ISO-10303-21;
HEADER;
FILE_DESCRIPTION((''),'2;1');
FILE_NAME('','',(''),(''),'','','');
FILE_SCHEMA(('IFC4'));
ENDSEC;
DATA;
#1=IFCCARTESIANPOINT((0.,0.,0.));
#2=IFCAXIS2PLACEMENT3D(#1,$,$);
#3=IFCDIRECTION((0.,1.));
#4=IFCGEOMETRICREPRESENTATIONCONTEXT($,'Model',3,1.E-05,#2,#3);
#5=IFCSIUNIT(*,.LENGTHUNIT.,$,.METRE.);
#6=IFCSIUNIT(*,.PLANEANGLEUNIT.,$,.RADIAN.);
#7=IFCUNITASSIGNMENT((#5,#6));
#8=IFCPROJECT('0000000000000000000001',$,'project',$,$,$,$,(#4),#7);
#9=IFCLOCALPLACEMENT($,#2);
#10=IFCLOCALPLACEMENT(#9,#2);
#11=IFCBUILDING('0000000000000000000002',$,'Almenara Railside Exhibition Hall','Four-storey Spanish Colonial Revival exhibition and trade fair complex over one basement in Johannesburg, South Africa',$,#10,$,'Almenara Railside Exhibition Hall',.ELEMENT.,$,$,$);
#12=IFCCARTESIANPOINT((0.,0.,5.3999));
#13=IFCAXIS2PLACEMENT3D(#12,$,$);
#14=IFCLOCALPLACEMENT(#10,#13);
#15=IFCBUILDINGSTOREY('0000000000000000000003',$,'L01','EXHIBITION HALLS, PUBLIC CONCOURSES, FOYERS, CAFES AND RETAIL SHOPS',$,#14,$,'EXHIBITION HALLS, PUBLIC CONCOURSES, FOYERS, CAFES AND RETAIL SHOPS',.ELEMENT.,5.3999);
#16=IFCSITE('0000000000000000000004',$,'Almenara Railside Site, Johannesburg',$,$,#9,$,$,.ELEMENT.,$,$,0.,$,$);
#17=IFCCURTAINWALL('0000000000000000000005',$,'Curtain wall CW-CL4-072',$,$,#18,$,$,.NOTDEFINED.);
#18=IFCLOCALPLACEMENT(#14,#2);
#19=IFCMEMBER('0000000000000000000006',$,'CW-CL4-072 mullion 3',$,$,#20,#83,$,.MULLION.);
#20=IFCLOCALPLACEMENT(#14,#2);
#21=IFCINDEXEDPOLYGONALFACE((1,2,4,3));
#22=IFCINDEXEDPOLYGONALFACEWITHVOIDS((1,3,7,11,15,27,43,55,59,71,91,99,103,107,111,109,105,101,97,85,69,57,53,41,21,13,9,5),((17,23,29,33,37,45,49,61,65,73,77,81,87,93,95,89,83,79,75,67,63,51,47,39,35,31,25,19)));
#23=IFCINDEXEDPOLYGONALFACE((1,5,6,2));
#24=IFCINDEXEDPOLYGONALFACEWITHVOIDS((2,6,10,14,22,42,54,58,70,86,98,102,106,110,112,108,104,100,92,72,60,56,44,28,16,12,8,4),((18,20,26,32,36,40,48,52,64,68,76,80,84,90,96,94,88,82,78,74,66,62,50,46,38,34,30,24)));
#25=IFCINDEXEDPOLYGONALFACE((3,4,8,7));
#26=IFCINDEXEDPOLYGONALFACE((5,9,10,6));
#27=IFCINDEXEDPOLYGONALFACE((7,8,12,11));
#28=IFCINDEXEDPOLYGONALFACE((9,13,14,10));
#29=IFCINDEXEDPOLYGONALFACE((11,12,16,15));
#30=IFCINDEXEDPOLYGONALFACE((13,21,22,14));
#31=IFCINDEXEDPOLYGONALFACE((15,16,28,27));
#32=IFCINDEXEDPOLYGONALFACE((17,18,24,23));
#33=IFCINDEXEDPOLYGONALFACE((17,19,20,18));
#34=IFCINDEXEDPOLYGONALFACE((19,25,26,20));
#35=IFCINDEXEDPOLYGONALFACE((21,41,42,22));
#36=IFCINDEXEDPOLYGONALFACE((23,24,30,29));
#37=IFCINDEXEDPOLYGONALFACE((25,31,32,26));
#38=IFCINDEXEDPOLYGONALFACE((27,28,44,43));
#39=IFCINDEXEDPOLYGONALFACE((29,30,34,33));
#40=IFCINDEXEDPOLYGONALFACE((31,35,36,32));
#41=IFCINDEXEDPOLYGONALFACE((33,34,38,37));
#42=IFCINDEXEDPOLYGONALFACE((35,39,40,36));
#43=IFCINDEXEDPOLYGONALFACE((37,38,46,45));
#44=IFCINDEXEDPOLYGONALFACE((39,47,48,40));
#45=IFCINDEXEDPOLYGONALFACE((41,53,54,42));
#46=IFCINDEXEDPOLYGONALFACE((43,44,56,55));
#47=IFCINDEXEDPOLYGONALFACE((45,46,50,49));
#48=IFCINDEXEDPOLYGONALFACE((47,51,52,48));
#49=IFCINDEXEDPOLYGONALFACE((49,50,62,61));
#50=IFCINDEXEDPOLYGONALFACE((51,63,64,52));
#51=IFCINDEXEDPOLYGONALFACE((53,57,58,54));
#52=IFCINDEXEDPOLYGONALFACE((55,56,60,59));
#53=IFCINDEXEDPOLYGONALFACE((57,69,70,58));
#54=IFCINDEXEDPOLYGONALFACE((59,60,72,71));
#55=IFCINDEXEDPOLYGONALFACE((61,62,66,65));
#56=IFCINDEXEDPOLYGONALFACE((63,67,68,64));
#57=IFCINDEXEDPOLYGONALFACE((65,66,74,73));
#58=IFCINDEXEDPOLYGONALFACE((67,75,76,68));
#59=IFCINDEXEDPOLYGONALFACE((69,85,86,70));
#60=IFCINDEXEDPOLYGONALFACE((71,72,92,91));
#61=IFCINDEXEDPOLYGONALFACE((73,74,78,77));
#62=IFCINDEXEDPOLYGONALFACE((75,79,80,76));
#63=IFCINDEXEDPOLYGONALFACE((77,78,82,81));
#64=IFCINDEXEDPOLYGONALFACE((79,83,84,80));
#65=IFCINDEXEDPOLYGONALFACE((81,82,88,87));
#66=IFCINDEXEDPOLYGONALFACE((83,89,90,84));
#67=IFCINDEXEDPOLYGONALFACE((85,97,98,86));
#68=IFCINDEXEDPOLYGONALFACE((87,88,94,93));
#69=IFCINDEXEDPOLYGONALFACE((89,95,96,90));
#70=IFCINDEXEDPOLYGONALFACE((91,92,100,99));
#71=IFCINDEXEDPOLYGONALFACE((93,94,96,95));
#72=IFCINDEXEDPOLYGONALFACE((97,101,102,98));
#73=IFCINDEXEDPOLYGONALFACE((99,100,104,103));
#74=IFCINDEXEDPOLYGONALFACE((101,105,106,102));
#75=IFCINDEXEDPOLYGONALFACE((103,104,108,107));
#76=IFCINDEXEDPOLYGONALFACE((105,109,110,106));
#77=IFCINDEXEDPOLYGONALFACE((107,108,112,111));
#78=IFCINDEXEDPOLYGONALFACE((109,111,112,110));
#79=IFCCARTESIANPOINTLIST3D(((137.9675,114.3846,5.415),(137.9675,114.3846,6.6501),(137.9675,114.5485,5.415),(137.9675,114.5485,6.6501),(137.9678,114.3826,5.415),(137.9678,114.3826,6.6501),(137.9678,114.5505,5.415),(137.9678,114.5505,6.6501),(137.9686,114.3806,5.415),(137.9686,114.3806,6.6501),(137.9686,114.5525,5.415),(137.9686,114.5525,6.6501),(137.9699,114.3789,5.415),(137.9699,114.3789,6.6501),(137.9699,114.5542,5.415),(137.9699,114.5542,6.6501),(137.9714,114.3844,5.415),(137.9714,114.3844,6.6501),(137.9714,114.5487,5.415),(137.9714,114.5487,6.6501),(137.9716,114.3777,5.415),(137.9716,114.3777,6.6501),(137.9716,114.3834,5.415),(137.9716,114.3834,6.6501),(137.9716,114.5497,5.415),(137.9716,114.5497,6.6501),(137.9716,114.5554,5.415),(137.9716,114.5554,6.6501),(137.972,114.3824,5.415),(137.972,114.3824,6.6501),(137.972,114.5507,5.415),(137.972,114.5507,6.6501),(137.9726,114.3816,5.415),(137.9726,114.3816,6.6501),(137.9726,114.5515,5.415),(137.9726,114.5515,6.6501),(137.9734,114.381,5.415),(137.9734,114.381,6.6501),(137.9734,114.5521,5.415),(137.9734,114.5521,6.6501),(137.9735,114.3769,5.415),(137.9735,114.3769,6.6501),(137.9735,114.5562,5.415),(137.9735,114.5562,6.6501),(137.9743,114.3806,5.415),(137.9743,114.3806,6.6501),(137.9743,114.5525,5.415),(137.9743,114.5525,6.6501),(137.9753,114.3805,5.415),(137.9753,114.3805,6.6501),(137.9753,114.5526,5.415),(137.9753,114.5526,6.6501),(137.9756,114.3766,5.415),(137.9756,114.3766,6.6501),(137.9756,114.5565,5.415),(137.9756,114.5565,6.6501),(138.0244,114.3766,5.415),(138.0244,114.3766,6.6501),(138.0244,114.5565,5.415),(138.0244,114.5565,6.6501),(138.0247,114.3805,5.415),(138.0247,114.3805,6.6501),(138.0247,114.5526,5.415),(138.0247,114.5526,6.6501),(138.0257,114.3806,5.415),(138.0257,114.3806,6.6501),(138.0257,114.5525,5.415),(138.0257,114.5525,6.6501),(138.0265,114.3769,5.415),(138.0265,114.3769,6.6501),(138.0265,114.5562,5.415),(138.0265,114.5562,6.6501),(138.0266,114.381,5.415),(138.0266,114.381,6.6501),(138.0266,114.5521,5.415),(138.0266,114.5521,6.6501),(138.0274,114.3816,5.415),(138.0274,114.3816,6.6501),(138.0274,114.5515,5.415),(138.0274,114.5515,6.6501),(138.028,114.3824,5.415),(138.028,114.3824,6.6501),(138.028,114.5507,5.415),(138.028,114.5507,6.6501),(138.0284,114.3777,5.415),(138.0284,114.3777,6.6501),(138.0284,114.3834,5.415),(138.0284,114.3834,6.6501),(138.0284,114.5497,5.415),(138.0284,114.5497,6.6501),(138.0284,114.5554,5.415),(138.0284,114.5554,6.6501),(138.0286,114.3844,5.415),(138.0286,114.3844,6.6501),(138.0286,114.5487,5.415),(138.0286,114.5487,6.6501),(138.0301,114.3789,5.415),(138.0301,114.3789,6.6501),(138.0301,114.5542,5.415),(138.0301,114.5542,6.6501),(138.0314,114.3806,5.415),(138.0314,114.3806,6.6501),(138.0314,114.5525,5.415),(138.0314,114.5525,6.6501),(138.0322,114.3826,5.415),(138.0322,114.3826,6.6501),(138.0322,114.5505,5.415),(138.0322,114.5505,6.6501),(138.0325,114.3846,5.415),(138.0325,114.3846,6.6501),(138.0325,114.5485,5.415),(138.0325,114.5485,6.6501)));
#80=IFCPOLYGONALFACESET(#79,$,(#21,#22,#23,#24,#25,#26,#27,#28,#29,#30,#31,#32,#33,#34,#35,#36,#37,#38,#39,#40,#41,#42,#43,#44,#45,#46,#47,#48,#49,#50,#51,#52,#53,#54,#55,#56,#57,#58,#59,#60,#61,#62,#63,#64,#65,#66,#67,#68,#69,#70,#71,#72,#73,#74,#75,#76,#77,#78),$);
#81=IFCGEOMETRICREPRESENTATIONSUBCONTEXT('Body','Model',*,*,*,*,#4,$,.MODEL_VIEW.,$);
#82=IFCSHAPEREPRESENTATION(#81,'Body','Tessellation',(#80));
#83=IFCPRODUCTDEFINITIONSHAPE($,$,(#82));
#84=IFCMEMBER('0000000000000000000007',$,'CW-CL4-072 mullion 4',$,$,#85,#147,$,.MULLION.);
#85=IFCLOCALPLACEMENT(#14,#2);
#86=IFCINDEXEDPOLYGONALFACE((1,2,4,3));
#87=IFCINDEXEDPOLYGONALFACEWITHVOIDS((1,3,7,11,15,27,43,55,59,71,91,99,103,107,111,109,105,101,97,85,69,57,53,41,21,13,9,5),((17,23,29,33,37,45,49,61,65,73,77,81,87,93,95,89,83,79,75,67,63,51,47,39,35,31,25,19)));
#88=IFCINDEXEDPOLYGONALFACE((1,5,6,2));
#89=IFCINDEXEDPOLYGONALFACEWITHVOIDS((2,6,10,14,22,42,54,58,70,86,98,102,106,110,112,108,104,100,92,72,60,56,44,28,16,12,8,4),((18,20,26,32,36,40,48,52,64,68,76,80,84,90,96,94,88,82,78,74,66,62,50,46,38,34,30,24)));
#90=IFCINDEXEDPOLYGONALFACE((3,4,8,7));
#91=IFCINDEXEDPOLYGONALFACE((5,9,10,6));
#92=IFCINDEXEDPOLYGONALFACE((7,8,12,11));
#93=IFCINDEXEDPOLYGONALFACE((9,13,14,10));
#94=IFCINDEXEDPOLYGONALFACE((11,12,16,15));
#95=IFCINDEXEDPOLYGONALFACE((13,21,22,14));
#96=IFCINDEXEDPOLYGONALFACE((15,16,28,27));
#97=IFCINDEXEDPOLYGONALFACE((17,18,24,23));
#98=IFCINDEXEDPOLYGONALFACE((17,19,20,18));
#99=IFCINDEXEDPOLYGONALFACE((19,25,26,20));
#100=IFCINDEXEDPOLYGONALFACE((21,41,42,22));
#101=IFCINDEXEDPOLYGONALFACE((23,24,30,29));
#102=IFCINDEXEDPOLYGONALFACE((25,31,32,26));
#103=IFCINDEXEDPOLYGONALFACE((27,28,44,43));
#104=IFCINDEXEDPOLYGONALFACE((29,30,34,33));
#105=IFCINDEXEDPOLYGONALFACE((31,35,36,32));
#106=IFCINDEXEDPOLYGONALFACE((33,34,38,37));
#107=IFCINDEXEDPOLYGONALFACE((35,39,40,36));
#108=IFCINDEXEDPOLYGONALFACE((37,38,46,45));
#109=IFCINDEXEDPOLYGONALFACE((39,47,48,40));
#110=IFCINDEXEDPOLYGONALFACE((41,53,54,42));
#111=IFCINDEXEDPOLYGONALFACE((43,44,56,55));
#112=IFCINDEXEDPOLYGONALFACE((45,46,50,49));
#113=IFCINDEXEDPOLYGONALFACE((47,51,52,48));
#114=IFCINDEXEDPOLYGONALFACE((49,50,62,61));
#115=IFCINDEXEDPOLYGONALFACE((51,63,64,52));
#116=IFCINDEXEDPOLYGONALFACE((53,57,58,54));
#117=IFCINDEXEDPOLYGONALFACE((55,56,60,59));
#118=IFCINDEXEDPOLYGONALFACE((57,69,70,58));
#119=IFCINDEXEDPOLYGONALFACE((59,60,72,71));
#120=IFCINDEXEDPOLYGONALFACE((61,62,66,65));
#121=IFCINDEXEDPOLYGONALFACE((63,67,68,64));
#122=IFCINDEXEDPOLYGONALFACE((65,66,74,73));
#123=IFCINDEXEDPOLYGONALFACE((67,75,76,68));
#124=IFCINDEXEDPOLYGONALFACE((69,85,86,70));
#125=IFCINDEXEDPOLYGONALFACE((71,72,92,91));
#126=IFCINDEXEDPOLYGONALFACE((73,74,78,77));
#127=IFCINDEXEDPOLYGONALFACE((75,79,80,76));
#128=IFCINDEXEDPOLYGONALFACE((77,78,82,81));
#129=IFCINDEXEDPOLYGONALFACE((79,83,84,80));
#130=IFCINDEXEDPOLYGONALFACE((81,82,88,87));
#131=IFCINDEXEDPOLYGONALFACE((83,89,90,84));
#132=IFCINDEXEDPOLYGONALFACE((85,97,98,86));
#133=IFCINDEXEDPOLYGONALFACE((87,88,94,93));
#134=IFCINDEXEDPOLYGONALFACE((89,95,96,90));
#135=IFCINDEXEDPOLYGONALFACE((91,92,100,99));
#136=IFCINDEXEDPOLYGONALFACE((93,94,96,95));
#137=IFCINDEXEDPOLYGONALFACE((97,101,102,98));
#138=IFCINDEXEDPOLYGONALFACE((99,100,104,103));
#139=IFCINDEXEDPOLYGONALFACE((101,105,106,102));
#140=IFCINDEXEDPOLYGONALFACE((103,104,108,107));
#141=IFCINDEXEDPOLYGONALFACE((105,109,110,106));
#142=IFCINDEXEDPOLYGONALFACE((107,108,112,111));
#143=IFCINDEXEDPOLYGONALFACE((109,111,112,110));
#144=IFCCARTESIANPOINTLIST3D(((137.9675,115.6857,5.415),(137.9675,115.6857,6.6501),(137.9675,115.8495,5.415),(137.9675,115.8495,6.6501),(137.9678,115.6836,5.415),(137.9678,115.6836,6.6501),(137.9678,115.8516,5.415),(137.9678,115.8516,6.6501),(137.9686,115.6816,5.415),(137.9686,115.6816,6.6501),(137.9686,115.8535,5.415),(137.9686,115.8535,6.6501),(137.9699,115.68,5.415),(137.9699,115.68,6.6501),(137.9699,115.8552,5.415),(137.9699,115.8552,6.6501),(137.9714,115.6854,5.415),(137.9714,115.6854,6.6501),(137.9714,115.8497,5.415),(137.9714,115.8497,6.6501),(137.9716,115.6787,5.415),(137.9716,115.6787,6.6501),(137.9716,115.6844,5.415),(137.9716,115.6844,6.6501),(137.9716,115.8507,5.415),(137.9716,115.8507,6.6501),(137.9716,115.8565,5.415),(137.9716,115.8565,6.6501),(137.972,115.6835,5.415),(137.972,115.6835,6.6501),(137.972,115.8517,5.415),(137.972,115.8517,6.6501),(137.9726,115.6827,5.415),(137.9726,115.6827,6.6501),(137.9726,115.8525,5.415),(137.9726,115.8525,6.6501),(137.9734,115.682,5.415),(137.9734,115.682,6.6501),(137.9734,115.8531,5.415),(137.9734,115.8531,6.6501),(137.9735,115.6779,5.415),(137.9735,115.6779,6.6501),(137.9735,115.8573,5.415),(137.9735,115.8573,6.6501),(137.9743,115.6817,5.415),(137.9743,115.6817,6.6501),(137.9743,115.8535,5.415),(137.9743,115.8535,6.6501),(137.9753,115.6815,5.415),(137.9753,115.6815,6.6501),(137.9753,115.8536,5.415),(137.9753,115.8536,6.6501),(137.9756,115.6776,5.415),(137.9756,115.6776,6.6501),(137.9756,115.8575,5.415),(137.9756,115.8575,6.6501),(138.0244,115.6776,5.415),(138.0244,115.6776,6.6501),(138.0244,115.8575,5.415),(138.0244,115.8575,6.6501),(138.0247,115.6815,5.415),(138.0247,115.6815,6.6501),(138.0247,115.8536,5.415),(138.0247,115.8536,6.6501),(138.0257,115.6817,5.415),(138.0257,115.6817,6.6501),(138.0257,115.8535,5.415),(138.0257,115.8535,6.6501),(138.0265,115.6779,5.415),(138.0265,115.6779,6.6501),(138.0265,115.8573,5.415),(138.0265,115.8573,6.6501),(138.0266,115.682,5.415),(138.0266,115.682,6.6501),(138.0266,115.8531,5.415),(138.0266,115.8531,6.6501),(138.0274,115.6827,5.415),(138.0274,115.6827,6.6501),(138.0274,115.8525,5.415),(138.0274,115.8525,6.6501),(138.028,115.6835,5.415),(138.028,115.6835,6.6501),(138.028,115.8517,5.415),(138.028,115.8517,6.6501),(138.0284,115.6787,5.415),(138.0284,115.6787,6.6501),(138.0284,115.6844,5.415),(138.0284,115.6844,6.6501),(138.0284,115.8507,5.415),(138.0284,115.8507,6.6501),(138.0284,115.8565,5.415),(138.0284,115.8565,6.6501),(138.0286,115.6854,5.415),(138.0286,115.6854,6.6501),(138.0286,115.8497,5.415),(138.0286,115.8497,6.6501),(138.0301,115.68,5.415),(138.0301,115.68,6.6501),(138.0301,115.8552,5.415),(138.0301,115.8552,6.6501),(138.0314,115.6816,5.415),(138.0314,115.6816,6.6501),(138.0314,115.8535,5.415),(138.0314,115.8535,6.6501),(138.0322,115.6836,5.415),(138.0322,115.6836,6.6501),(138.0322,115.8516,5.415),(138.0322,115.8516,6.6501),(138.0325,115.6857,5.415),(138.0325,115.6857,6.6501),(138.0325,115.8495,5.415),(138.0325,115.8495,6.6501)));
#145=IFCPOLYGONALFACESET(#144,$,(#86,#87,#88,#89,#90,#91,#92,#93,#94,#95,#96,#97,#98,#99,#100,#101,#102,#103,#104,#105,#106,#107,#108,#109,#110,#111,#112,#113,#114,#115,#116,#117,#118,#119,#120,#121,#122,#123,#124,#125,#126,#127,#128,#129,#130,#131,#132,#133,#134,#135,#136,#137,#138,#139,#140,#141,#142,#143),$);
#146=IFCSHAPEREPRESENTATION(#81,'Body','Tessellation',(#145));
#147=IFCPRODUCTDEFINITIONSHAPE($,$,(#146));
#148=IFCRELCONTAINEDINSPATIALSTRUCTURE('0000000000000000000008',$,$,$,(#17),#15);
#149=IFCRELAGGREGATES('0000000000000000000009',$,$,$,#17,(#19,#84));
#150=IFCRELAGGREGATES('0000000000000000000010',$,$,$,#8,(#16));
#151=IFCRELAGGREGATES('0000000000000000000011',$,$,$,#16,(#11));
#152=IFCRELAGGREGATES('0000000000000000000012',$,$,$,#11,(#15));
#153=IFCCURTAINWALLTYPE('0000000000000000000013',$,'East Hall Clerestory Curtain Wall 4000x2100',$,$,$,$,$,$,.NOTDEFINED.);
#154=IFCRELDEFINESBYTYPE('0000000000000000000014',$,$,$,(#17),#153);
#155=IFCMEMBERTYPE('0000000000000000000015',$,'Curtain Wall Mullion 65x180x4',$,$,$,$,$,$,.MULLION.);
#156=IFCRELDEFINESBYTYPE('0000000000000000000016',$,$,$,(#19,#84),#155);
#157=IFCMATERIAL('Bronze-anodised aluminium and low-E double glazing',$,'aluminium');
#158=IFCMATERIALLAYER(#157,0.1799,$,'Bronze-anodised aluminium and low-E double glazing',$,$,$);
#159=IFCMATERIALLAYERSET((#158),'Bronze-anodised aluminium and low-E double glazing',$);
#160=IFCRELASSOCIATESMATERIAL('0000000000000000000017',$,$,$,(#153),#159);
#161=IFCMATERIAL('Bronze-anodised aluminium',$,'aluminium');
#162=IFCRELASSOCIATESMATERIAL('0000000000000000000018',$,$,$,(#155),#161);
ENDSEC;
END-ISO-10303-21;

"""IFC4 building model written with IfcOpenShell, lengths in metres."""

from ifc_helpers import new_model, si_unit, direction, frame, origin, origin_2d, place, context, subcontext, project, spatial, hollow_rectangle, extrude, material, layer, layer_set, material_profile, profile_set, type_object, element, aggregate, save


model = new_model("IFC4")

# Units and contexts
model_context = context("Model", 3, precision=1e-05, world=origin(), true_north=direction((0.0, 1.0)))
body_context = subcontext(model_context, "Body", "Model", "MODEL_VIEW")
ifc_project = project(units=[si_unit("LENGTHUNIT", "METRE"), si_unit("PLANEANGLEUNIT", "RADIAN")], contexts=[model_context])

# Site, building, storey
site_placement = place(None, origin())
site = spatial("IfcSite", under=ifc_project, at=site_placement, Name="Almenara Railside Site, Johannesburg", CompositionType="ELEMENT", RefElevation=0.0)
building_placement = place(site_placement, origin())
building = spatial("IfcBuilding", under=site, at=building_placement, Name="Almenara Railside Exhibition Hall", Description="Four-storey Spanish Colonial Revival exhibition and trade fair complex over one basement in Johannesburg, South Africa", LongName="Almenara Railside Exhibition Hall", CompositionType="ELEMENT")
storey_placement = place(building_placement, frame((0.0, 0.0, 5.3999)))
storey = spatial("IfcBuildingStorey", under=building, at=storey_placement, Name="L01", Description="EXHIBITION HALLS, PUBLIC CONCOURSES, FOYERS, CAFES AND RETAIL SHOPS", LongName="EXHIBITION HALLS, PUBLIC CONCOURSES, FOYERS, CAFES AND RETAIL SHOPS", CompositionType="ELEMENT", Elevation=5.3999)

# Curtain wall, members
ifc_material_1 = material(Name="Bronze-anodised aluminium and low-E double glazing", Category="aluminium")
ifc_layer_1 = layer(ifc_material_1, 0.1799, Name="Bronze-anodised aluminium and low-E double glazing")
ifc_layer_set_1 = layer_set([ifc_layer_1], Name="Bronze-anodised aluminium and low-E double glazing")
curtain_wall_type = type_object("IfcCurtainWallType", Name="East Hall Clerestory Curtain Wall 4000x2100", PredefinedType="NOTDEFINED", material=ifc_layer_set_1)
curtain_wall_1_placement = place(storey_placement, origin())
curtain_wall_1 = element("IfcCurtainWall", 1, at=curtain_wall_1_placement, inside=storey, type_object=curtain_wall_type, Name="Curtain wall CW-CL4-072", PredefinedType="NOTDEFINED")
ifc_material_2 = material(Name="Bronze-anodised aluminium", Category="aluminium")
ifc_material_profile_1 = material_profile(ifc_material_2, hollow_rectangle(XDim=0.0649, YDim=0.1799, WallThickness=0.0039, InnerFilletRadius=0.0039, OuterFilletRadius=0.0081, at=origin_2d()), Name="ALU-MUL 65x180x4")
ifc_profile_set_1 = profile_set([ifc_material_profile_1], Name="Bronze-anodised aluminium")
member_type_1 = type_object("IfcMemberType", Name="Curtain Wall Mullion 65x180x4", PredefinedType="MULLION", material=ifc_profile_set_1)
member_1_placement = place(storey_placement, frame((138.0, 114.4666, 5.415), z_axis=(0.0, 0.0, 1.0), x_axis=(-1.0, 0.0, 0.0)))
member_1 = element("IfcMember", 2, at=member_1_placement, type_object=member_type_1, Name="CW-CL4-072 mullion 3", PredefinedType="MULLION", context=body_context, shape_type="SweptSolid", body=[
    extrude(hollow_rectangle(XDim=0.0649, YDim=0.1799, WallThickness=0.0039, InnerFilletRadius=0.0039, OuterFilletRadius=0.0081, at=origin_2d()), origin(), (0.0, 0.0, 1.0), 1.2351),
])
member_2_placement = place(storey_placement, frame((138.0, 115.7676, 5.415), z_axis=(0.0, 0.0, 1.0), x_axis=(-1.0, 0.0, 0.0)))
member_2 = element("IfcMember", 3, at=member_2_placement, type_object=member_type_1, Name="CW-CL4-072 mullion 4", PredefinedType="MULLION", context=body_context, shape_type="SweptSolid", body=[
    extrude(hollow_rectangle(XDim=0.0649, YDim=0.1799, WallThickness=0.0039, InnerFilletRadius=0.0039, OuterFilletRadius=0.0081, at=origin_2d()), origin(), (0.0, 0.0, 1.0), 1.2351),
])

aggregate(curtain_wall_1, [member_1, member_2])

save(model, "model.ifc")
